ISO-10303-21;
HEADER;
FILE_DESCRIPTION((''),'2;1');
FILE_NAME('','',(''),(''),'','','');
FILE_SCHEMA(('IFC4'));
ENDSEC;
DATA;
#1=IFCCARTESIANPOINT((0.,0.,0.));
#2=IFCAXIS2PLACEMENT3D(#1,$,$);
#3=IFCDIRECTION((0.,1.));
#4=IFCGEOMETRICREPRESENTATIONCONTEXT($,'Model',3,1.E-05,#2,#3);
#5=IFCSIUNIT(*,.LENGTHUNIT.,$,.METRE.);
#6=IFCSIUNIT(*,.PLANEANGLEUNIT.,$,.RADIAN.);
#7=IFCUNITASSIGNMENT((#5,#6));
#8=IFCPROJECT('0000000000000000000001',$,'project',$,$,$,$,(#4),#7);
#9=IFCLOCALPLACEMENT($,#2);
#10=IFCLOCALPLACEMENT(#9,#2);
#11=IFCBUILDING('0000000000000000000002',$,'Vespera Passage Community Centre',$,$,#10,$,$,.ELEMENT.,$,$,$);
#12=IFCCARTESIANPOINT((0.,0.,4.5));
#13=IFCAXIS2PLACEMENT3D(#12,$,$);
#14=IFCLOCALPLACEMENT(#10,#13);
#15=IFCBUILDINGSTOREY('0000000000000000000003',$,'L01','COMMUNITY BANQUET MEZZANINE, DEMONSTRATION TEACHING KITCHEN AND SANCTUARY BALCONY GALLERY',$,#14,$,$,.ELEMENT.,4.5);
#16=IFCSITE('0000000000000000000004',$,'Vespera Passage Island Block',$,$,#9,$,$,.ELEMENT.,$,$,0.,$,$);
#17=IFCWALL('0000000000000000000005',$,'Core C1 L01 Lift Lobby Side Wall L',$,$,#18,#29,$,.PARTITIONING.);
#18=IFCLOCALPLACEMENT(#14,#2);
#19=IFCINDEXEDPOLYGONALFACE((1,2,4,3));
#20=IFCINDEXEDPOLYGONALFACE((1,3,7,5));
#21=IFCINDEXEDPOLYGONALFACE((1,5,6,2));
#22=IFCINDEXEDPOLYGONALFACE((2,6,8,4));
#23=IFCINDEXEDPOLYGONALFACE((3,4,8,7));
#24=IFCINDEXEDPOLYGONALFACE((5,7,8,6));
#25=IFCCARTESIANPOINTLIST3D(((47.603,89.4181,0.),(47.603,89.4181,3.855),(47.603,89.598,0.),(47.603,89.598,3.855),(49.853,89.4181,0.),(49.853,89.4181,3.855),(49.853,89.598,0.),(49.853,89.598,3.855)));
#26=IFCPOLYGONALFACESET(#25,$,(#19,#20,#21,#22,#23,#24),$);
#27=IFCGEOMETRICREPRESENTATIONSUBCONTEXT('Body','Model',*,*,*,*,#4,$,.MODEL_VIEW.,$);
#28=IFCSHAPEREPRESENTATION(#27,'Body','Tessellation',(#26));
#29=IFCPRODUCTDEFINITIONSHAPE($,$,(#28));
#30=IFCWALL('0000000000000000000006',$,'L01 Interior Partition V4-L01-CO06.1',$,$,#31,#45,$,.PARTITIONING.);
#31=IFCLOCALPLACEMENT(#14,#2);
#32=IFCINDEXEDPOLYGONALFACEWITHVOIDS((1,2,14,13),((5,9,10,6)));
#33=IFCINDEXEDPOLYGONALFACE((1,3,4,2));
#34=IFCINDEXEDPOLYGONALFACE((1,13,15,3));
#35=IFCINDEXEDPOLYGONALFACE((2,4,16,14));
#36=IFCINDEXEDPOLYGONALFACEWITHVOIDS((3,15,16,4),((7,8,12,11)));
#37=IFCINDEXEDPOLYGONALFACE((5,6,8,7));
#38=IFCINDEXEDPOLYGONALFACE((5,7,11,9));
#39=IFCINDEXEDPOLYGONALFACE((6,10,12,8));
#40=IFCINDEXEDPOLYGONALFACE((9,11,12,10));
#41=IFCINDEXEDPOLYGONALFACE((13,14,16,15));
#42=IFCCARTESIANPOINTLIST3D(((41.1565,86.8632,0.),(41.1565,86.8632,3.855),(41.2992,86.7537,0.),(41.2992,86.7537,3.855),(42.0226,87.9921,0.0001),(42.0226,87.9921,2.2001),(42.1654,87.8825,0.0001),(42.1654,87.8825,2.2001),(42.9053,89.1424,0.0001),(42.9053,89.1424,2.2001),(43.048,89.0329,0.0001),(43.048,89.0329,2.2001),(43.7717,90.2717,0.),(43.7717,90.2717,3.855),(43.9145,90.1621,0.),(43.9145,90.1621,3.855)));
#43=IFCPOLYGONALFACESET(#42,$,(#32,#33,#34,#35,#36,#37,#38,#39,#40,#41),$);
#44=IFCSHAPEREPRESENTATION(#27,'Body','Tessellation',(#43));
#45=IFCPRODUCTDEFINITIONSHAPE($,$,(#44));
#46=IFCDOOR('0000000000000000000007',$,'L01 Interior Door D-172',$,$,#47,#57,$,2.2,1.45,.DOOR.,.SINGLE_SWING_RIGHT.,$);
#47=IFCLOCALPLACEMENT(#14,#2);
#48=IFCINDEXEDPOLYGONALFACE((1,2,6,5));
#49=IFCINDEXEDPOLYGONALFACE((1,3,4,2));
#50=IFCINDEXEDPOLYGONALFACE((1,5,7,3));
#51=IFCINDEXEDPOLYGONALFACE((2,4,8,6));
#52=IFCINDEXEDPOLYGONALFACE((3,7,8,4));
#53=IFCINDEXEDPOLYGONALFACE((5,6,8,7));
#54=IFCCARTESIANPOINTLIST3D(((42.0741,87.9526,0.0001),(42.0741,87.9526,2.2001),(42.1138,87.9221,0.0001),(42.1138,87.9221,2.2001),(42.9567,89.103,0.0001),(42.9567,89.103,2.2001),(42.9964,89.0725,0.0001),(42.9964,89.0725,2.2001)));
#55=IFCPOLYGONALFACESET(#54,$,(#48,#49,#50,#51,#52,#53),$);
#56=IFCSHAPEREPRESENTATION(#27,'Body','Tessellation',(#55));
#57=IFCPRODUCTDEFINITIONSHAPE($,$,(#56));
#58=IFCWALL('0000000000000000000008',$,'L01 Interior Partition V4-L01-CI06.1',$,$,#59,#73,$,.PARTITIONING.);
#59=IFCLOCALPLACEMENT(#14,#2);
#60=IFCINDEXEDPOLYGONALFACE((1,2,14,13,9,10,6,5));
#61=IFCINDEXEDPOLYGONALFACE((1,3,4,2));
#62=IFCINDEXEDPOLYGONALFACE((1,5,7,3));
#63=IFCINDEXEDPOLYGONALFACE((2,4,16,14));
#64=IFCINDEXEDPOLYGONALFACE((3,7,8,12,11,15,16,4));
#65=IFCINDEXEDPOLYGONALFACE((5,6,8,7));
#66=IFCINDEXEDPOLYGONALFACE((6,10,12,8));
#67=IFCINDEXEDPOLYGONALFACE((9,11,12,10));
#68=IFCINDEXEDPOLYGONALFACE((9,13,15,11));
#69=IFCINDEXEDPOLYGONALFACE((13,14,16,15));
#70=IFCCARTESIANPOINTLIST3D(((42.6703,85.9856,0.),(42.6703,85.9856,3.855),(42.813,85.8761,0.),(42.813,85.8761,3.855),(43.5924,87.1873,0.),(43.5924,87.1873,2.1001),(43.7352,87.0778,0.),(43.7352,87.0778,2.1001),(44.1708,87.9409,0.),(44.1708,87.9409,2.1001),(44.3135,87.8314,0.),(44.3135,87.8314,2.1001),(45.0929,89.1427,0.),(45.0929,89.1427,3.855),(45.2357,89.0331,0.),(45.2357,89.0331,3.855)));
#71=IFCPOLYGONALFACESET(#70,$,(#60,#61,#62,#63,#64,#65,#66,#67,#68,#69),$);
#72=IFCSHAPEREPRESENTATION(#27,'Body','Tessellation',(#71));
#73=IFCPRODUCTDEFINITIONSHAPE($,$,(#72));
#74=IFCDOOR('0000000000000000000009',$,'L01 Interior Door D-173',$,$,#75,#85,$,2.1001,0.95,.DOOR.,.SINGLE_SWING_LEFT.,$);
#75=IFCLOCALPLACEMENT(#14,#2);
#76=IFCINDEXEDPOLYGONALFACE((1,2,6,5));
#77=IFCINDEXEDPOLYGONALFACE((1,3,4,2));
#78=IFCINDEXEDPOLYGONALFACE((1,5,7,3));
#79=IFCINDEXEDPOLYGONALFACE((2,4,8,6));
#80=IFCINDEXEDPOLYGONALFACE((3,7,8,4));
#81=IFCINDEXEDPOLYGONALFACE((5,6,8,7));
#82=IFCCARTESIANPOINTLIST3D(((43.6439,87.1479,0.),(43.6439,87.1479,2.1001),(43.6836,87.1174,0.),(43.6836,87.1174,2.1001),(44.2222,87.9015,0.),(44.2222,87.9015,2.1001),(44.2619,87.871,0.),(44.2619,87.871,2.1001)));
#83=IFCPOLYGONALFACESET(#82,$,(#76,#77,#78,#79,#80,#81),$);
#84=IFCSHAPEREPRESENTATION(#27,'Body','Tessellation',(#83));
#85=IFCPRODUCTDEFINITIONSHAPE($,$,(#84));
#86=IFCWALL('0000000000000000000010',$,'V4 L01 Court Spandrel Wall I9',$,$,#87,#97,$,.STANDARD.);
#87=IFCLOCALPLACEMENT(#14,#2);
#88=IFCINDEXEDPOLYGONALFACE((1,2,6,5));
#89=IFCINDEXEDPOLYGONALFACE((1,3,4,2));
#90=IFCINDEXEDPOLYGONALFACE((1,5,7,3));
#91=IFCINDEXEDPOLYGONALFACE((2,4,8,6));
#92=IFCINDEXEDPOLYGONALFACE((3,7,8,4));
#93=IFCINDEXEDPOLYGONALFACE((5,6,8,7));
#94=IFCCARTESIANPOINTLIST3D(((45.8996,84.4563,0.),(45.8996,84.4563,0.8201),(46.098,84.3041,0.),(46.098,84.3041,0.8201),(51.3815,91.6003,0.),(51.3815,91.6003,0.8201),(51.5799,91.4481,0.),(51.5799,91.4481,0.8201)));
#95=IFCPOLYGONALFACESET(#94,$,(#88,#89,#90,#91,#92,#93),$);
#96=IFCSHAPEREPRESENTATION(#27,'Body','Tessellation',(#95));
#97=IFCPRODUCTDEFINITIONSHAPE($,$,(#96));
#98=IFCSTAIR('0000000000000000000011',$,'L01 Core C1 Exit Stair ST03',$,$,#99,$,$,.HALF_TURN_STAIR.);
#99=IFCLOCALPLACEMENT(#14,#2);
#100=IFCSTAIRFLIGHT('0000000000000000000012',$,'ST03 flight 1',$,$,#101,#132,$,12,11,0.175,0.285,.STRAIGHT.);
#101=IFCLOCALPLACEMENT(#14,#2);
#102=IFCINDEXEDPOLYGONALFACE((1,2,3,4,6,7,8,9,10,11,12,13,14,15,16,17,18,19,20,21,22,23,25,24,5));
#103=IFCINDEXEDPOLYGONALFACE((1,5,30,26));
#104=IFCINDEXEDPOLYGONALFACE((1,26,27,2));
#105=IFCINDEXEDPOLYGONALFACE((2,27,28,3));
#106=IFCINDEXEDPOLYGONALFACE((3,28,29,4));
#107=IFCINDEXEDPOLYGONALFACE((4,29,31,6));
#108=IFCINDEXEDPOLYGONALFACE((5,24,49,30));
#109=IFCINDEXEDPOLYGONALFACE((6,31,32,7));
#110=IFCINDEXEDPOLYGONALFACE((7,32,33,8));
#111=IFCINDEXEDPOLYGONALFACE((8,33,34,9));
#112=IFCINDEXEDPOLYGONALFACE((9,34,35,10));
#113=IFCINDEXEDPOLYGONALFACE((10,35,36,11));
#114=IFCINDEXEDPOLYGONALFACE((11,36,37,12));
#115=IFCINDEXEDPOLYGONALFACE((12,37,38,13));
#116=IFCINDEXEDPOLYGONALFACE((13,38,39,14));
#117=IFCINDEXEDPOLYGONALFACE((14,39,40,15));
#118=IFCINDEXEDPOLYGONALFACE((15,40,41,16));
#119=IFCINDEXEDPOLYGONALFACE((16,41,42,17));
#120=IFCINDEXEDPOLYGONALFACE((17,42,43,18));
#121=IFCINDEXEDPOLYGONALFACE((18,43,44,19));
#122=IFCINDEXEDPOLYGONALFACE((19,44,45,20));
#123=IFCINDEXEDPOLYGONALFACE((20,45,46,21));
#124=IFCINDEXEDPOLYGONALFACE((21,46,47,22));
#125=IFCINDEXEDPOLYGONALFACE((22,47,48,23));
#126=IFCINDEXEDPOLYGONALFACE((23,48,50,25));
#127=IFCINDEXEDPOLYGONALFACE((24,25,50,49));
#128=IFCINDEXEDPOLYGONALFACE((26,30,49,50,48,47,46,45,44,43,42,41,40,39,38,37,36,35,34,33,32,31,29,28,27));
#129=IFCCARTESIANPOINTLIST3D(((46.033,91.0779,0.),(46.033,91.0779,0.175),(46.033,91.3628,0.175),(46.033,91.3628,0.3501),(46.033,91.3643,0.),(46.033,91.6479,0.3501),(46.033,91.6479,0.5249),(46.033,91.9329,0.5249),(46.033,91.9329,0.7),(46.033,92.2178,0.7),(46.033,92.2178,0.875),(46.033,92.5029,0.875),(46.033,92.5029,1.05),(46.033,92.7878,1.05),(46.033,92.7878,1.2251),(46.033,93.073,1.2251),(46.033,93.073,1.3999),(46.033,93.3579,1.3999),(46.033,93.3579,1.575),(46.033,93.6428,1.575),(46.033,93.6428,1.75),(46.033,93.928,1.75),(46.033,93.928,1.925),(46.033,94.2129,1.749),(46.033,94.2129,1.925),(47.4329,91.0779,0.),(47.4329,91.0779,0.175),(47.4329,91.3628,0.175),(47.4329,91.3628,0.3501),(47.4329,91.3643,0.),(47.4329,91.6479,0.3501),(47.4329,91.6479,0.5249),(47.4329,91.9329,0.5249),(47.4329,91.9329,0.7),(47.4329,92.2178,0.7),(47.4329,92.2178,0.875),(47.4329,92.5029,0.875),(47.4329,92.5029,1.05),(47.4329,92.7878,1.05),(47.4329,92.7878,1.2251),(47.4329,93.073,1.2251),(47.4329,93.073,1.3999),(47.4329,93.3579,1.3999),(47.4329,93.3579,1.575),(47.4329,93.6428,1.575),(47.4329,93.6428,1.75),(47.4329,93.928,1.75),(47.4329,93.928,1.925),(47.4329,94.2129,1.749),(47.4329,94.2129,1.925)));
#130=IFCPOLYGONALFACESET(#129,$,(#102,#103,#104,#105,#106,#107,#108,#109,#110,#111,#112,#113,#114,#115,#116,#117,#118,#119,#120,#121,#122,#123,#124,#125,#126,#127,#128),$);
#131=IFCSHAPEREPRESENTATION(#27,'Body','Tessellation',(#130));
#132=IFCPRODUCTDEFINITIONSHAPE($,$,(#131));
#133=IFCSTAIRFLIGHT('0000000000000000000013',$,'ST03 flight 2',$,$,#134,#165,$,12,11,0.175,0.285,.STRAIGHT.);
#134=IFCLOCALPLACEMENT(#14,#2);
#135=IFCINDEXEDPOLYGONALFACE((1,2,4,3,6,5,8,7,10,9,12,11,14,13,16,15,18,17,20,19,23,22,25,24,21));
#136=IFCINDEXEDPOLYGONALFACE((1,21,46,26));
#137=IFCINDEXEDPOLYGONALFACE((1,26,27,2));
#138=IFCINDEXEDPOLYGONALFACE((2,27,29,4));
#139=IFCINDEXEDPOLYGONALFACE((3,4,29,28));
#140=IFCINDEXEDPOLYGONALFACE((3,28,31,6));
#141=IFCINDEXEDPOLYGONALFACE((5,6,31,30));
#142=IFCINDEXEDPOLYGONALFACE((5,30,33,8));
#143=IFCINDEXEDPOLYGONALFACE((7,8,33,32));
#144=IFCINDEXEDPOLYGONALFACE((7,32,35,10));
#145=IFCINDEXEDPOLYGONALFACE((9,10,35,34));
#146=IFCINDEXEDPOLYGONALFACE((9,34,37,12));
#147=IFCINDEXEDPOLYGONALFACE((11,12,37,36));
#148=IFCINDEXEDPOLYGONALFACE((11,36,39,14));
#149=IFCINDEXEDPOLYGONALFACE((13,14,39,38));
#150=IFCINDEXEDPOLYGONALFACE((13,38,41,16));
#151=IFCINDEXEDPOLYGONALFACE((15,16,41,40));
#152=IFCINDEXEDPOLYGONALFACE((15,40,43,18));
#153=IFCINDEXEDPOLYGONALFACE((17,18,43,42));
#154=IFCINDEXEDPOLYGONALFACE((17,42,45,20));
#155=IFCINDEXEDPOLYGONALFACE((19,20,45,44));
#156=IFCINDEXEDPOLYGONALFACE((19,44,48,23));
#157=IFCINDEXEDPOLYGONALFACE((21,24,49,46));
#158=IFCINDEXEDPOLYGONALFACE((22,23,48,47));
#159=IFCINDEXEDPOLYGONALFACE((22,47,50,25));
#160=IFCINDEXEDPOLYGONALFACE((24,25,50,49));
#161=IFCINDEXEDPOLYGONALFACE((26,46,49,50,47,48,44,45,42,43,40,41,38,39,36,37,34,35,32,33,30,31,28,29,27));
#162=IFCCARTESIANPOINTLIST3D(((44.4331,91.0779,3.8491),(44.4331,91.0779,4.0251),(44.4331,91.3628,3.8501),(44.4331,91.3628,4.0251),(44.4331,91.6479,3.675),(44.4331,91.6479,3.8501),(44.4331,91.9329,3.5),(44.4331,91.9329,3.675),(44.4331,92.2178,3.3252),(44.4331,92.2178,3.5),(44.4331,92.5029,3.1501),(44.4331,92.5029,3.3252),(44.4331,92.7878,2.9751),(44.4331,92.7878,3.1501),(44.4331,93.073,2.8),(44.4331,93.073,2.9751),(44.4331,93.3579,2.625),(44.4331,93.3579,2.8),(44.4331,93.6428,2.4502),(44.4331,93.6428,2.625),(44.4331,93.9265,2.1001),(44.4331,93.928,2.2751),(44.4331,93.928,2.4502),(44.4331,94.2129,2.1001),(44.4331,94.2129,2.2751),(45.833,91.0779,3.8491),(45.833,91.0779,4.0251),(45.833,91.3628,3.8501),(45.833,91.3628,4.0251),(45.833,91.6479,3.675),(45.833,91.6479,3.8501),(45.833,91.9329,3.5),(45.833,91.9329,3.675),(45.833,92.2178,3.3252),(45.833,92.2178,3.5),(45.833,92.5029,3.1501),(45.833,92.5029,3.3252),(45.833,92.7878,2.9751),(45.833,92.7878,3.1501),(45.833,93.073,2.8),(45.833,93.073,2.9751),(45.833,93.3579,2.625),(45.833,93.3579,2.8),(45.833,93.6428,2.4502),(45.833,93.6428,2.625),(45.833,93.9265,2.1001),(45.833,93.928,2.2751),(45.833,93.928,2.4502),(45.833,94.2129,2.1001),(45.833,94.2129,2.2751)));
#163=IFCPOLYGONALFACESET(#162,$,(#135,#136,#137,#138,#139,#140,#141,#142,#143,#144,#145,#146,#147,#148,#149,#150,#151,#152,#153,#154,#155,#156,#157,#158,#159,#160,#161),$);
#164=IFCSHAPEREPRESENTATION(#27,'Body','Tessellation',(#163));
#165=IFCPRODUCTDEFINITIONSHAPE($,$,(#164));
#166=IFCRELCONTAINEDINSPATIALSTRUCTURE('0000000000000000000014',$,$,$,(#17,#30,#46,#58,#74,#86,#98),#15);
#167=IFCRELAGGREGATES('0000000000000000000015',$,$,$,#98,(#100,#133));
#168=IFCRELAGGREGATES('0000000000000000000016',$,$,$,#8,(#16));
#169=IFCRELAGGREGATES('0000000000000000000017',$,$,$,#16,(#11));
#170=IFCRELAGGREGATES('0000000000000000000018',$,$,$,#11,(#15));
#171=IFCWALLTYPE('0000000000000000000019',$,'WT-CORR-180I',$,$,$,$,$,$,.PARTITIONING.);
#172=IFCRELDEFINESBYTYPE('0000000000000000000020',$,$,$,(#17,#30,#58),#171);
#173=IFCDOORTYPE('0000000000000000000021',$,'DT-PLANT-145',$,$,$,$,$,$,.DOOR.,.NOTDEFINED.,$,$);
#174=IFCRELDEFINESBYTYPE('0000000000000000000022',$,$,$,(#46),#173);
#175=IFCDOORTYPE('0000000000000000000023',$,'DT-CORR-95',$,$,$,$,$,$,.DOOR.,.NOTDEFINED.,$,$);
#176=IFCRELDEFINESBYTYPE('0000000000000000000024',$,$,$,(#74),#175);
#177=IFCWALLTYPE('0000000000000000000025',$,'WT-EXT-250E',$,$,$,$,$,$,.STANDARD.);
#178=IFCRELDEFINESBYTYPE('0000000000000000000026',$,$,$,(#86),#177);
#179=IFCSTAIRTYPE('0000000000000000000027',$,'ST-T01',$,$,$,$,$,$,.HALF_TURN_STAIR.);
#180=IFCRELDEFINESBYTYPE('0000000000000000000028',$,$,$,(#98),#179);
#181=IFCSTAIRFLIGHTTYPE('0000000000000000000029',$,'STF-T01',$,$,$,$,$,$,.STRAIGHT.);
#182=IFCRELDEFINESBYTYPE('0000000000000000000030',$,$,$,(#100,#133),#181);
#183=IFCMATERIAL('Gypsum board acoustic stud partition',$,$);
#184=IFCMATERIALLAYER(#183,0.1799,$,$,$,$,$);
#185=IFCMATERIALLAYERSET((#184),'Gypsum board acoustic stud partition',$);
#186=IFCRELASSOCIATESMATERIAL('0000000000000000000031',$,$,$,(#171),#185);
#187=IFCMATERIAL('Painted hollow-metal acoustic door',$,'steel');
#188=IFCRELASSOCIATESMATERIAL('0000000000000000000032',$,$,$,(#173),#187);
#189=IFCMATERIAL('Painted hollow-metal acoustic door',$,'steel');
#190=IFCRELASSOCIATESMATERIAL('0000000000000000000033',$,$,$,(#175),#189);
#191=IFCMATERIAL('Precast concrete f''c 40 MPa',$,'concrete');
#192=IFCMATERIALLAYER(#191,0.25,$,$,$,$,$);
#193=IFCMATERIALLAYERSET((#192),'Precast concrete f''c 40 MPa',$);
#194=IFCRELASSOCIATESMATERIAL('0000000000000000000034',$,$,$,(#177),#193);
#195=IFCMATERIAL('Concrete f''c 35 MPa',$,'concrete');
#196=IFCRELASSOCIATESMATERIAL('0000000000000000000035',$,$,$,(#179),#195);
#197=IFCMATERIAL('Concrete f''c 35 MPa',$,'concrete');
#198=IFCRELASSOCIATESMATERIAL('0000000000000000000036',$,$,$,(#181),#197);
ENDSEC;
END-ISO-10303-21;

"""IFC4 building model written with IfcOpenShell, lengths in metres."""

from ifc_helpers import new_model, si_unit, direction, frame, frame_2d, origin, place, context, subcontext, project, spatial, polyline, rectangle, outline, extrude, material, layer, layer_set, type_object, element, fill, aggregate, save


model = new_model("IFC4")

# Units and contexts
model_context = context("Model", 3, precision=1e-05, world=origin(), true_north=direction((0.0, 1.0)))
body_context = subcontext(model_context, "Body", "Model", "MODEL_VIEW")
ifc_project = project(units=[si_unit("LENGTHUNIT", "METRE"), si_unit("PLANEANGLEUNIT", "RADIAN")], contexts=[model_context])

# Site, building, storey
site_placement = place(None, origin())
site = spatial("IfcSite", under=ifc_project, at=site_placement, Name="Vespera Passage Island Block", CompositionType="ELEMENT", RefElevation=0.0)
building_placement = place(site_placement, origin())
building = spatial("IfcBuilding", under=site, at=building_placement, Name="Vespera Passage Community Centre", CompositionType="ELEMENT")
storey_placement = place(building_placement, frame((0.0, 0.0, 4.5)))
storey = spatial("IfcBuildingStorey", under=building, at=storey_placement, Name="L01", Description="COMMUNITY BANQUET MEZZANINE, DEMONSTRATION TEACHING KITCHEN AND SANCTUARY BALCONY GALLERY", CompositionType="ELEMENT", Elevation=4.5)

# Shared definitions
ifc_material_1 = material(Name="Gypsum board acoustic stud partition")
ifc_layer_1 = layer(ifc_material_1, 0.1799)
ifc_layer_set_1 = layer_set([ifc_layer_1], Name="Gypsum board acoustic stud partition")
wall_type_1 = type_object("IfcWallType", Name="WT-CORR-180I", PredefinedType="PARTITIONING", material=ifc_layer_set_1)

# Wall
wall_1_placement = place(storey_placement, frame((47.603, 89.5081, 0.0), z_axis=(0.0, 0.0, 1.0), x_axis=(1.0, 0.0, 0.0)))
element("IfcWall", 1, at=wall_1_placement, inside=storey, type_object=wall_type_1, Name="Core C1 L01 Lift Lobby Side Wall L", PredefinedType="PARTITIONING", context=body_context, shape_type="SweptSolid", body=[
    extrude(rectangle(XDim=2.25, YDim=0.1799, at=frame_2d((1.125, 0.0))), origin(), (0.0, 0.0, 1.0), 3.855),
])

# Walls, openings, doors
wall_2_placement = place(storey_placement, frame((43.843, 90.2168, 0.0), z_axis=(0.0, 0.0, 1.0), x_axis=(-0.608738, -0.793371, 0.0)))
wall_2 = element("IfcWall", 2, at=wall_2_placement, inside=storey, type_object=wall_type_1, Name="L01 Interior Partition V4-L01-CO06.1", PredefinedType="PARTITIONING", context=body_context, shape_type="SweptSolid", body=[
    extrude(rectangle(XDim=4.2961, YDim=0.1799, at=frame_2d((2.1479, 0.0))), origin(), (0.0, 0.0, 1.0), 3.855),
])
opening_1_placement = place(wall_2_placement, frame((1.4231, 0.0, 0.0)))
opening_1 = element("IfcOpeningElement", 3, at=opening_1_placement, cuts=wall_2, PredefinedType="OPENING", context=body_context, shape_type="SweptSolid", body=[
    extrude(rectangle(XDim=1.45, YDim=2.2, at=frame_2d((0.7251, 1.1001))), frame((0.0, 0.0999, 0.0), z_axis=(0.0, -1.0, 0.0), x_axis=(1.0, 0.0, 0.0)), (0.0, 0.0, 1.0), 0.2),
])
ifc_material_2 = material(Name="Painted hollow-metal acoustic door", Category="steel")
door_type_1 = type_object("IfcDoorType", Name="DT-PLANT-145", OperationType="NOTDEFINED", PredefinedType="DOOR", material=ifc_material_2)
door_1_placement = place(opening_1_placement, origin())
door_1 = element("IfcDoor", 4, at=door_1_placement, inside=storey, type_object=door_type_1, Name="L01 Interior Door D-172", OperationType="SINGLE_SWING_RIGHT", OverallHeight=2.2, OverallWidth=1.45, PredefinedType="DOOR", context=body_context, shape_type="SweptSolid", body=[
    extrude(rectangle(XDim=1.45, YDim=2.2, at=frame_2d((0.7251, 1.1001))), frame((0.0, 0.0249, 0.0), z_axis=(0.0, -1.0, 0.0), x_axis=(1.0, 0.0, 0.0)), (0.0, 0.0, 1.0), 0.05),
])
fill(opening_1, door_1)
wall_3_placement = place(storey_placement, frame((45.1643, 89.0879, 0.0), z_axis=(0.0, 0.0, 1.0), x_axis=(-0.608788, -0.793333, 0.0)))
wall_3 = element("IfcWall", 5, at=wall_3_placement, inside=storey, type_object=wall_type_1, Name="L01 Interior Partition V4-L01-CI06.1", PredefinedType="PARTITIONING", context=body_context, shape_type="SweptSolid", body=[
    extrude(rectangle(XDim=3.9795, YDim=0.1799, at=frame_2d((1.9897, 0.0))), origin(), (0.0, 0.0, 1.0), 3.855),
])
opening_2_placement = place(wall_3_placement, frame((1.5146, 0.0, 0.0)))
opening_2 = element("IfcOpeningElement", 6, at=opening_2_placement, cuts=wall_3, PredefinedType="OPENING", context=body_context, shape_type="SweptSolid", body=[
    extrude(rectangle(XDim=0.95, YDim=2.1001, at=frame_2d((0.4751, 1.05))), frame((0.0, 0.0999, 0.0), z_axis=(0.0, -1.0, 0.0), x_axis=(1.0, 0.0, 0.0)), (0.0, 0.0, 1.0), 0.2),
])
ifc_material_3 = material(Name="Painted hollow-metal acoustic door", Category="steel")
door_type_2 = type_object("IfcDoorType", Name="DT-CORR-95", OperationType="NOTDEFINED", PredefinedType="DOOR", material=ifc_material_3)
door_2_placement = place(opening_2_placement, origin())
door_2 = element("IfcDoor", 7, at=door_2_placement, inside=storey, type_object=door_type_2, Name="L01 Interior Door D-173", OperationType="SINGLE_SWING_LEFT", OverallHeight=2.1001, OverallWidth=0.95, PredefinedType="DOOR", context=body_context, shape_type="SweptSolid", body=[
    extrude(rectangle(XDim=0.95, YDim=2.1001, at=frame_2d((0.4751, 1.05))), frame((0.0, 0.0249, 0.0), z_axis=(0.0, -1.0, 0.0), x_axis=(1.0, 0.0, 0.0)), (0.0, 0.0, 1.0), 0.05),
])
fill(opening_2, door_2)

# Wall
ifc_material_4 = material(Name="Precast concrete f'c 40 MPa", Category="concrete")
ifc_layer_2 = layer(ifc_material_4, 0.25)
ifc_layer_set_2 = layer_set([ifc_layer_2], Name="Precast concrete f'c 40 MPa")
wall_type_2 = type_object("IfcWallType", Name="WT-EXT-250E", PredefinedType="STANDARD", material=ifc_layer_set_2)
wall_4_placement = place(storey_placement, frame((51.4807, 91.5242, 0.0), z_axis=(0.0, 0.0, 1.0), x_axis=(-0.60877, -0.793347, 0.0)))
element("IfcWall", 8, at=wall_4_placement, inside=storey, type_object=wall_type_2, Name="V4 L01 Court Spandrel Wall I9", PredefinedType="STANDARD", context=body_context, shape_type="SweptSolid", body=[
    extrude(rectangle(XDim=9.0049, YDim=0.25, at=frame_2d((4.5024, 0.0))), origin(), (0.0, 0.0, 1.0), 0.8201),
])

# Stair, stair flights
ifc_material_5 = material(Name="Concrete f'c 35 MPa", Category="concrete")
stair_type = type_object("IfcStairType", Name="ST-T01", PredefinedType="HALF_TURN_STAIR", material=ifc_material_5)
stair_placement = place(storey_placement, origin())
stair = element("IfcStair", 9, at=stair_placement, inside=storey, type_object=stair_type, Name="L01 Core C1 Exit Stair ST03", PredefinedType="HALF_TURN_STAIR")
ifc_material_6 = material(Name="Concrete f'c 35 MPa", Category="concrete")
stair_flight_type = type_object("IfcStairFlightType", Name="STF-T01", PredefinedType="STRAIGHT", material=ifc_material_6)
stair_flight_1_placement = place(storey_placement, frame((46.7329, 91.0779, 0.0), z_axis=(0.0, 0.0, 1.0), x_axis=(0.0, 1.0, 0.0)))
stair_flight_1 = element("IfcStairFlight", 10, at=stair_flight_1_placement, type_object=stair_flight_type, Name="ST03 flight 1", NumberOfRisers=12, NumberOfTreads=11, PredefinedType="STRAIGHT", RiserHeight=0.175, TreadLength=0.285, context=body_context, shape_type="SweptSolid", body=[
    extrude(outline(polyline([(0.0, 0.0), (0.0, 0.175), (0.2849, 0.175), (0.2849, 0.3501), (0.5701, 0.3501), (0.5701, 0.5249), (0.855, 0.5249), (0.855, 0.7), (1.1399, 0.7), (1.1399, 0.875), (1.425, 0.875), (1.425, 1.05), (1.71, 1.05), (1.71, 1.2251), (1.9951, 1.2251), (1.9951, 1.3999), (2.28, 1.3999), (2.28, 1.575), (2.5649, 1.575), (2.5649, 1.75), (2.8501, 1.75), (2.8501, 1.925), (3.135, 1.925), (3.135, 2.1001), (3.135, 1.749), (0.2864, 0.0), (0.0, 0.0)])), frame((0.0, 0.7, 0.0), z_axis=(0.0, -1.0, 0.0), x_axis=(1.0, 0.0, 0.0)), (0.0, 0.0, 1.0), 1.3999),
])
stair_flight_2_placement = place(storey_placement, frame((45.1331, 94.2129, 2.1001), z_axis=(0.0, 0.0, 1.0), x_axis=(0.0, -1.0, 0.0)))
stair_flight_2 = element("IfcStairFlight", 11, at=stair_flight_2_placement, type_object=stair_flight_type, Name="ST03 flight 2", NumberOfRisers=12, NumberOfTreads=11, PredefinedType="STRAIGHT", RiserHeight=0.175, TreadLength=0.285, context=body_context, shape_type="SweptSolid", body=[
    extrude(outline(polyline([(0.0, 0.0), (0.0, 0.175), (0.2849, 0.175), (0.2849, 0.3501), (0.5701, 0.3501), (0.5701, 0.5249), (0.855, 0.5249), (0.855, 0.7), (1.1399, 0.7), (1.1399, 0.875), (1.425, 0.875), (1.425, 1.05), (1.71, 1.05), (1.71, 1.2251), (1.9951, 1.2251), (1.9951, 1.3999), (2.28, 1.3999), (2.28, 1.575), (2.5649, 1.575), (2.5649, 1.75), (2.8501, 1.75), (2.8501, 1.925), (3.135, 1.925), (3.135, 2.1001), (3.135, 1.749), (0.2864, 0.0), (0.0, 0.0)])), frame((0.0, 0.7, 0.0), z_axis=(0.0, -1.0, 0.0), x_axis=(1.0, 0.0, 0.0)), (0.0, 0.0, 1.0), 1.3999),
])
aggregate(stair, [stair_flight_1, stair_flight_2])

save(model, "model.ifc")
